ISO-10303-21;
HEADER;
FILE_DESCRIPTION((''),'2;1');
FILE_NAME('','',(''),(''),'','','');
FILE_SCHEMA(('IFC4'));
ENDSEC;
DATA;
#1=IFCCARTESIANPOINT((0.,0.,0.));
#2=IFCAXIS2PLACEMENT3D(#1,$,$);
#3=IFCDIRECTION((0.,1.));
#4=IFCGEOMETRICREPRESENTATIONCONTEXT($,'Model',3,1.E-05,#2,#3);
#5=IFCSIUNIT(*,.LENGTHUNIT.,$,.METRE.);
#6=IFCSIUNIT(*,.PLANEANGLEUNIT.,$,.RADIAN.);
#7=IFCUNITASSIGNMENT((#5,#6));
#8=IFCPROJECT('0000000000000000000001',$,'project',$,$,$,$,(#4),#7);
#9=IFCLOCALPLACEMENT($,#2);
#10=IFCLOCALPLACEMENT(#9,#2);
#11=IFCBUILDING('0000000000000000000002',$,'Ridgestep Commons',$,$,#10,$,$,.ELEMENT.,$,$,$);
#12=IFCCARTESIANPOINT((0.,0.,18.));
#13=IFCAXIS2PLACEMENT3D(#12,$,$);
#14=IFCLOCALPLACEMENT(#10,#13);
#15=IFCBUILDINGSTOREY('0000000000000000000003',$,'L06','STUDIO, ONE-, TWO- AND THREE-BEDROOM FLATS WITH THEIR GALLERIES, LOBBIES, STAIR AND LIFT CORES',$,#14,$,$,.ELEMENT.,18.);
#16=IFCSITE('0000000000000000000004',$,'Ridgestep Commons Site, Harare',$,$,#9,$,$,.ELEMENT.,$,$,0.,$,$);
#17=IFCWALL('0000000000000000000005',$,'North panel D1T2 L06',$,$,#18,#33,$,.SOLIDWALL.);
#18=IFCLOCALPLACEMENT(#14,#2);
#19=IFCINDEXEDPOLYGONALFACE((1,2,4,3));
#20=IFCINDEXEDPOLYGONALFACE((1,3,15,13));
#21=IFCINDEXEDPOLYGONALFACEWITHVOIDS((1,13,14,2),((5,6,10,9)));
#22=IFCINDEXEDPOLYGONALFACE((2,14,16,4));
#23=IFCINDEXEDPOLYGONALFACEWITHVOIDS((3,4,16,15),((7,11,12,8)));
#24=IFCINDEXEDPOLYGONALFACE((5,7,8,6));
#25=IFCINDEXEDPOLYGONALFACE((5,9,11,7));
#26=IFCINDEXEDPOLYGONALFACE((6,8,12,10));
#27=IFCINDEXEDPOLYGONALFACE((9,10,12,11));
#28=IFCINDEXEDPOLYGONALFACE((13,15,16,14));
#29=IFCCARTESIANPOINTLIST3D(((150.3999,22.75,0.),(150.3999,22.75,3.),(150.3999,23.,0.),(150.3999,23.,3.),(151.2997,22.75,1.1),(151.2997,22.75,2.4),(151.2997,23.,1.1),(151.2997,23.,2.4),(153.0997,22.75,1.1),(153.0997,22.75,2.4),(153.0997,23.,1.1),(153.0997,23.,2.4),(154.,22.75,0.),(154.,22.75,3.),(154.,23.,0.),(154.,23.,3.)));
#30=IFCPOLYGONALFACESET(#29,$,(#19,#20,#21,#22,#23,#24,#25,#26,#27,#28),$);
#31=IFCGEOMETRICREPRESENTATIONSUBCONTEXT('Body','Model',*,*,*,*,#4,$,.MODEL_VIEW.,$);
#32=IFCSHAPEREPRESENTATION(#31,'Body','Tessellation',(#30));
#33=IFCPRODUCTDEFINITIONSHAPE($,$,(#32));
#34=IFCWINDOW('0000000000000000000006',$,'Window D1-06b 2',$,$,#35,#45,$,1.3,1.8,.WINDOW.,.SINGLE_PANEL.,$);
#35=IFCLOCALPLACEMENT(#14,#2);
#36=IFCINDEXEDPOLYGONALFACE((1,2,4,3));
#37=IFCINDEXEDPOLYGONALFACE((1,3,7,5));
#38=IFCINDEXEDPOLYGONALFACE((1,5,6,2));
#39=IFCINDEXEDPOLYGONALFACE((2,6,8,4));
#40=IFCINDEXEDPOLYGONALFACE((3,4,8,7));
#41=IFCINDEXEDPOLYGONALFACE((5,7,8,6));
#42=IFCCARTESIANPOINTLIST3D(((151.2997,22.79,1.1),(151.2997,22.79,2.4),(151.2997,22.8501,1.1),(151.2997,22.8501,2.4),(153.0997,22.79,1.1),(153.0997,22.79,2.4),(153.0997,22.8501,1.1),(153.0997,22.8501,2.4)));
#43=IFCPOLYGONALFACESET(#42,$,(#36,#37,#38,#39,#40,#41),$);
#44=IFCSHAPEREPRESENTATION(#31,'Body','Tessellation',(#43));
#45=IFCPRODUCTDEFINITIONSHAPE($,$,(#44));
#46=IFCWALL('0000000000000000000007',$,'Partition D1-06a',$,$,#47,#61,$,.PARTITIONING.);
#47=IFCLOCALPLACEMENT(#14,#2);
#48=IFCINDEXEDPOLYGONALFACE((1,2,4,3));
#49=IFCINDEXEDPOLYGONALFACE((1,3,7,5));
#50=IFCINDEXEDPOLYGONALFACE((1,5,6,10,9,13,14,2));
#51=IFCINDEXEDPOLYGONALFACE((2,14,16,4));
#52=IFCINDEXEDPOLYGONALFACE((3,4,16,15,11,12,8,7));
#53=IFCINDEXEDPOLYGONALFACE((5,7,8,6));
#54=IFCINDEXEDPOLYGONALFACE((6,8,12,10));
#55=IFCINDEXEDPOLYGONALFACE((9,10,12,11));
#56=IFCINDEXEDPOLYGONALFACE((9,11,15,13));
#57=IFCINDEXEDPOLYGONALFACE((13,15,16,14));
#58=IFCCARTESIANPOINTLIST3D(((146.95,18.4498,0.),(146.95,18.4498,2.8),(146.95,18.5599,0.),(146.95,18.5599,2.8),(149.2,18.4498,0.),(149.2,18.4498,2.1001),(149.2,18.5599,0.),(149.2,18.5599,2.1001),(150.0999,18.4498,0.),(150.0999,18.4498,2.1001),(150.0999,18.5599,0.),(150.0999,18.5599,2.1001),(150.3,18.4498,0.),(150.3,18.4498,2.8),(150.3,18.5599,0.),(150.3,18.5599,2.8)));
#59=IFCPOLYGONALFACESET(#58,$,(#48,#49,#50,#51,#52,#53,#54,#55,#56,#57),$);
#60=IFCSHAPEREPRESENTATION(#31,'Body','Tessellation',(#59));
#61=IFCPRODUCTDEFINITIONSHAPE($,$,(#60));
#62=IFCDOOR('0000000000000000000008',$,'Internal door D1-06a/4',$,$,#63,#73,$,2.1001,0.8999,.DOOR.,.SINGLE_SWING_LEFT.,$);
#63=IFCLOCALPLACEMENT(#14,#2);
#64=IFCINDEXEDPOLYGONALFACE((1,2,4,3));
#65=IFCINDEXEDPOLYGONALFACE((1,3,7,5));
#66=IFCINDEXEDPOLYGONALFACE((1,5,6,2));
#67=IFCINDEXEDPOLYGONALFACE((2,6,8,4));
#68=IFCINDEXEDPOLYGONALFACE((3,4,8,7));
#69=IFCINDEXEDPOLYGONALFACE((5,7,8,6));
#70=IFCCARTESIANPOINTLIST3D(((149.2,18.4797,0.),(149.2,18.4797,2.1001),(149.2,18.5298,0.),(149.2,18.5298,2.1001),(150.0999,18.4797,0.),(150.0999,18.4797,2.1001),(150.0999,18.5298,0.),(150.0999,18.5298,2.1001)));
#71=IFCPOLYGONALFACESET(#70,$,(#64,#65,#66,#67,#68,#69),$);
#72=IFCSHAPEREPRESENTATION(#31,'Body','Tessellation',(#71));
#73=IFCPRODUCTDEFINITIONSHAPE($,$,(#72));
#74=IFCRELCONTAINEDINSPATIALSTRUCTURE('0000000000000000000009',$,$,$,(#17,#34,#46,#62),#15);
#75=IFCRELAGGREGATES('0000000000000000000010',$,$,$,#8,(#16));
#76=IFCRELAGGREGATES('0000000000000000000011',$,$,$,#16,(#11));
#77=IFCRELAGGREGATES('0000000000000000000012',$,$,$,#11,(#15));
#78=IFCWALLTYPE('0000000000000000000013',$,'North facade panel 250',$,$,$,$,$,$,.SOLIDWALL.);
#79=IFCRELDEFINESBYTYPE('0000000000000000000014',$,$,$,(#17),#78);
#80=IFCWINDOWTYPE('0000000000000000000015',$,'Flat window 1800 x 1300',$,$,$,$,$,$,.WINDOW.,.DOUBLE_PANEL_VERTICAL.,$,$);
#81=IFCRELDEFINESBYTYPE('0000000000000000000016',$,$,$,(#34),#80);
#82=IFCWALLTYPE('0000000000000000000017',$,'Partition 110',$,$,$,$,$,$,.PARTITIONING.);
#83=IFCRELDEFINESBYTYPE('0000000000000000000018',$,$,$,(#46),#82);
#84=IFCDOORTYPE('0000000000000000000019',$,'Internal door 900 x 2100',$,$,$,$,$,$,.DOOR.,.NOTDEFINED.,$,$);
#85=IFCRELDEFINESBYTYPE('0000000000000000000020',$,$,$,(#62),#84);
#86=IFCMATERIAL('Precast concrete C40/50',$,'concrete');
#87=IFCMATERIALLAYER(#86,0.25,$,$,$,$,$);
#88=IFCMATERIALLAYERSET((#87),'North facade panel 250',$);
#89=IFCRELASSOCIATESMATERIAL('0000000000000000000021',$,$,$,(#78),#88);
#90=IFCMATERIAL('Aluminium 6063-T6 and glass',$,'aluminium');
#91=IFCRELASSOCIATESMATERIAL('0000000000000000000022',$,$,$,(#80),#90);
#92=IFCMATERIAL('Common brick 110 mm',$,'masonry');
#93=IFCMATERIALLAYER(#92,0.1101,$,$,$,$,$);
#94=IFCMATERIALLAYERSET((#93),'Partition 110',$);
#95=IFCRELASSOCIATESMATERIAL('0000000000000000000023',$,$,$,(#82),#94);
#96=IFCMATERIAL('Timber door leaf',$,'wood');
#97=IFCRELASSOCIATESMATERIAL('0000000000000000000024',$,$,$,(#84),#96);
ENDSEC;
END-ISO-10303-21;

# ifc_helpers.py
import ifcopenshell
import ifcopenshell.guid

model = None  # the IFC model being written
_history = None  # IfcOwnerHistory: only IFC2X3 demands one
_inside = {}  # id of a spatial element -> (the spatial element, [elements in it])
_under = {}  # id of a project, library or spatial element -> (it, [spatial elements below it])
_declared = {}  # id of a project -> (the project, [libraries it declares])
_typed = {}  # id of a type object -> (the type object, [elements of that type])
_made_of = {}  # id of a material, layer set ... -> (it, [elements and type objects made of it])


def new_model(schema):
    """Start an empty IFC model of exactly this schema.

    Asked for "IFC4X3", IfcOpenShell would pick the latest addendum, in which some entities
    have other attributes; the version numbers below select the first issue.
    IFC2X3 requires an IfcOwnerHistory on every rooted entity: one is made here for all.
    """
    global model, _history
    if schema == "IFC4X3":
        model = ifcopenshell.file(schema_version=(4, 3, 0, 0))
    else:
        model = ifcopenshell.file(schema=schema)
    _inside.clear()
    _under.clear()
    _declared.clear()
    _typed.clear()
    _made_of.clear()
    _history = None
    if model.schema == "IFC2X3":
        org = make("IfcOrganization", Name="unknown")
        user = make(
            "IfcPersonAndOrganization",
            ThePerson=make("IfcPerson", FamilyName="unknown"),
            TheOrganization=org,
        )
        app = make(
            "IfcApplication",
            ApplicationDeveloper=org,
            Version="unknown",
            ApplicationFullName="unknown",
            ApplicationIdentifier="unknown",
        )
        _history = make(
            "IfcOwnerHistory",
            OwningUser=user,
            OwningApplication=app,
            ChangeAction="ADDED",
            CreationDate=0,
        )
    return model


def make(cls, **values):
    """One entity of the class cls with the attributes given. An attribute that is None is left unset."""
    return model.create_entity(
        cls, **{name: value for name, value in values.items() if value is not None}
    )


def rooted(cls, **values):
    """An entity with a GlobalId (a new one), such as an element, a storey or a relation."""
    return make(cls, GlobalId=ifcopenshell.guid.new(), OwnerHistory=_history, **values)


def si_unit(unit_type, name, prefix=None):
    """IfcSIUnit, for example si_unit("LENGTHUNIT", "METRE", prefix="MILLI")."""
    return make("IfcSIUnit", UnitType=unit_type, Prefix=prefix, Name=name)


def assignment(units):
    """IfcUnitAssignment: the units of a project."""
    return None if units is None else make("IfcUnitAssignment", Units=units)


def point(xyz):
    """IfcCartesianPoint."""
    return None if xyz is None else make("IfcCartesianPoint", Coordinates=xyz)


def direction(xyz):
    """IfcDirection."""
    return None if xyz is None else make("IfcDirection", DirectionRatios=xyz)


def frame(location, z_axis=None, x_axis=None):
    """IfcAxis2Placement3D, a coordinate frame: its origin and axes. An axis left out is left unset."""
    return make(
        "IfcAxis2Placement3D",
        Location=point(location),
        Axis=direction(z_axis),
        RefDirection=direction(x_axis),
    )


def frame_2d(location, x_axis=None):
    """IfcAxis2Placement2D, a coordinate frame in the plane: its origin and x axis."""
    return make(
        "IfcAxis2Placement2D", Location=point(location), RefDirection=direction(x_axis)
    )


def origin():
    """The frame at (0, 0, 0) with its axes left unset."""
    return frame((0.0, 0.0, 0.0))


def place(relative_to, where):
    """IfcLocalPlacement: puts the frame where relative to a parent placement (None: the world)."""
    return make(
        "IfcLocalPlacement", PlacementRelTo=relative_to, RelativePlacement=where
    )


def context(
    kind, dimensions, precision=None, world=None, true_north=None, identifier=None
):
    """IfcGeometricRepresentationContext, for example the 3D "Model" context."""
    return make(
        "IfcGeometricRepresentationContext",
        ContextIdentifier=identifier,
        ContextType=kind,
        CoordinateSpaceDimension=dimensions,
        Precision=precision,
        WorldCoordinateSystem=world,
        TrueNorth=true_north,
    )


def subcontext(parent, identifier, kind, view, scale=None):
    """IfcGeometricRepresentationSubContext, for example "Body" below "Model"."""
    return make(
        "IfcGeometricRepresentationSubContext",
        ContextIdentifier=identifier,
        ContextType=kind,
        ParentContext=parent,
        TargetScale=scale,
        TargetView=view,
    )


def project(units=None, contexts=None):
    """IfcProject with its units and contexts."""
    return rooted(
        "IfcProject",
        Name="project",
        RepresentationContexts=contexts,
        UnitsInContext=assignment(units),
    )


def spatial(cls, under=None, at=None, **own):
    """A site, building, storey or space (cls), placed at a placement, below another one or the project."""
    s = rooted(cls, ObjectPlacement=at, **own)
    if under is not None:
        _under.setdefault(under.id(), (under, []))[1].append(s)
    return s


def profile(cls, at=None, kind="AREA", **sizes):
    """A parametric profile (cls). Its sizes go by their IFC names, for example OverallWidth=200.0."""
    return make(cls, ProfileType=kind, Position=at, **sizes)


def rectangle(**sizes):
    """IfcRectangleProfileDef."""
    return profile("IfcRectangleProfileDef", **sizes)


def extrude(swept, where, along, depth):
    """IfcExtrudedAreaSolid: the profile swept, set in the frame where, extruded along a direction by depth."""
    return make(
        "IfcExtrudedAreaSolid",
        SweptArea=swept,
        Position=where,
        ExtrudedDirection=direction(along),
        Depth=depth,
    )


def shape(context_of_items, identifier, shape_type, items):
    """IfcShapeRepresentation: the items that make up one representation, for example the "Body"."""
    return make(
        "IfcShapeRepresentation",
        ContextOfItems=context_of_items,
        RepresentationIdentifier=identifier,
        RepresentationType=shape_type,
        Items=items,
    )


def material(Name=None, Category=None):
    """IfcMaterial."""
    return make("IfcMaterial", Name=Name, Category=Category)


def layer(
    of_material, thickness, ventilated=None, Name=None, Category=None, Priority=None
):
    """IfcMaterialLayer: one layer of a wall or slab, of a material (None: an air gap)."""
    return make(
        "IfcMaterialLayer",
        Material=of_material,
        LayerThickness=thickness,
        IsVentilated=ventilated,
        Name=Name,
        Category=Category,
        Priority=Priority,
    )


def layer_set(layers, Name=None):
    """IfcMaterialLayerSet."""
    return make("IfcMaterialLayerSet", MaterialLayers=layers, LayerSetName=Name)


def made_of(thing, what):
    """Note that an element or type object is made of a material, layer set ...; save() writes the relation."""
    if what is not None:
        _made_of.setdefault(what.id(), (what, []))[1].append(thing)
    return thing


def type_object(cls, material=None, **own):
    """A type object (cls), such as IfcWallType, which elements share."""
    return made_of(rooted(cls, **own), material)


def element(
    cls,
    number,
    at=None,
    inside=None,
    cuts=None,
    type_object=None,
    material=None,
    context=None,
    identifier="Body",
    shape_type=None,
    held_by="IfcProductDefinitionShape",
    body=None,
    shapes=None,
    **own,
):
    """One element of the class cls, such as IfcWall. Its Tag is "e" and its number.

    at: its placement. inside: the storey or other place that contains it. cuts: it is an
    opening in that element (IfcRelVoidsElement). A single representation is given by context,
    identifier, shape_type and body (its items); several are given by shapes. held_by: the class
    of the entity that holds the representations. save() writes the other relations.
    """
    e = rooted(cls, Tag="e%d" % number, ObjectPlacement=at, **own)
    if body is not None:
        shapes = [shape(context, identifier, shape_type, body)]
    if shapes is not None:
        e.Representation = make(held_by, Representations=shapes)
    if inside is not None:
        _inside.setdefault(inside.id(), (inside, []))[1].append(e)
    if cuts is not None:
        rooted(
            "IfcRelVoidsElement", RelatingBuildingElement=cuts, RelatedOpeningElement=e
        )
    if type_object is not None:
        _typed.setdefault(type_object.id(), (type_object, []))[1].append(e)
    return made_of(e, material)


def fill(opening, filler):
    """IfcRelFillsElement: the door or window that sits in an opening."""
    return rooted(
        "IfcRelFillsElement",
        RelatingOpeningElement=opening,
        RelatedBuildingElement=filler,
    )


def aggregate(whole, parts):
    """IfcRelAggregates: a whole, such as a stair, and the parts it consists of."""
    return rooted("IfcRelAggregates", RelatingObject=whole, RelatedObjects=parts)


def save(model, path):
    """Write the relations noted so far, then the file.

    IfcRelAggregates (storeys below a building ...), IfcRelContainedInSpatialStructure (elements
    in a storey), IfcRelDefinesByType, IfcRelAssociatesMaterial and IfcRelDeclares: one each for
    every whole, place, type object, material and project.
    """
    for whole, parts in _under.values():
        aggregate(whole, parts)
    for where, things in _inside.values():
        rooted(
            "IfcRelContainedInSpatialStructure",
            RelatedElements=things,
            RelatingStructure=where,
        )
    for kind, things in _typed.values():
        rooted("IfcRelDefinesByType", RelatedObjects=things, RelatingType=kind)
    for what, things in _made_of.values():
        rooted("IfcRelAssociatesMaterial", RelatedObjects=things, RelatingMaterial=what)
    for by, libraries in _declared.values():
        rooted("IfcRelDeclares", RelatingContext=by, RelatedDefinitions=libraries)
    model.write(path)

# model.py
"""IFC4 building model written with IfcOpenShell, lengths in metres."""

from ifc_helpers import new_model, si_unit, direction, frame, frame_2d, origin, place, context, subcontext, project, spatial, rectangle, extrude, material, layer, layer_set, type_object, element, fill, save


model = new_model("IFC4")

# Units and contexts
model_context = context("Model", 3, precision=1e-05, world=origin(), true_north=direction((0.0, 1.0)))
body_context = subcontext(model_context, "Body", "Model", "MODEL_VIEW")
ifc_project = project(units=[si_unit("LENGTHUNIT", "METRE"), si_unit("PLANEANGLEUNIT", "RADIAN")], contexts=[model_context])

# Site, building, storey
site_placement = place(None, origin())
site = spatial("IfcSite", under=ifc_project, at=site_placement, Name="Ridgestep Commons Site, Harare", CompositionType="ELEMENT", RefElevation=0.0)
building_placement = place(site_placement, origin())
building = spatial("IfcBuilding", under=site, at=building_placement, Name="Ridgestep Commons", CompositionType="ELEMENT")
storey_placement = place(building_placement, frame((0.0, 0.0, 18.0)))
storey = spatial("IfcBuildingStorey", under=building, at=storey_placement, Name="L06", Description="STUDIO, ONE-, TWO- AND THREE-BEDROOM FLATS WITH THEIR GALLERIES, LOBBIES, STAIR AND LIFT CORES", CompositionType="ELEMENT", Elevation=18.0)

# Wall, opening, window
ifc_material_1 = material(Name="Precast concrete C40/50", Category="concrete")
ifc_layer_1 = layer(ifc_material_1, 0.25)
ifc_layer_set_1 = layer_set([ifc_layer_1], Name="North facade panel 250")
wall_type_1 = type_object("IfcWallType", Name="North facade panel 250", PredefinedType="SOLIDWALL", material=ifc_layer_set_1)
ifc_material_2 = material(Name="Aluminium 6063-T6 and glass", Category="aluminium")
window_type = type_object("IfcWindowType", Name="Flat window 1800 x 1300", PartitioningType="DOUBLE_PANEL_VERTICAL", PredefinedType="WINDOW", material=ifc_material_2)
wall_1_placement = place(storey_placement, frame((150.3999, 22.875, 0.0), z_axis=(0.0, 0.0, 1.0), x_axis=(1.0, 0.0, 0.0)))
wall_1 = element("IfcWall", 1, at=wall_1_placement, inside=storey, type_object=wall_type_1, Name="North panel D1T2 L06", PredefinedType="SOLIDWALL", context=body_context, shape_type="SweptSolid", body=[
    extrude(rectangle(XDim=3.6001, YDim=0.25, at=frame_2d((1.8, 0.0))), origin(), (0.0, 0.0, 1.0), 3.0),
])
opening_1_placement = place(wall_1_placement, frame((0.8999, 0.0, 1.1001)))
opening_1 = element("IfcOpeningElement", 2, at=opening_1_placement, cuts=wall_1, PredefinedType="OPENING", context=body_context, shape_type="SweptSolid", body=[
    extrude(rectangle(XDim=1.8, YDim=1.3, at=frame_2d((0.8999, 0.6499))), frame((0.0, 0.135, 0.0), z_axis=(0.0, -1.0, 0.0), x_axis=(1.0, 0.0, 0.0)), (0.0, 0.0, 1.0), 0.27),
])
window_1_placement = place(opening_1_placement, origin())
window_1 = element("IfcWindow", 3, at=window_1_placement, inside=storey, type_object=window_type, Name="Window D1-06b 2", OverallHeight=1.3, OverallWidth=1.8, PartitioningType="SINGLE_PANEL", PredefinedType="WINDOW", context=body_context, shape_type="SweptSolid", body=[
    extrude(rectangle(XDim=1.8, YDim=1.3, at=frame_2d((0.8999, 0.6499))), frame((0.0, -0.0249, 0.0), z_axis=(0.0, -1.0, 0.0), x_axis=(1.0, 0.0, 0.0)), (0.0, 0.0, 1.0), 0.0601),
])
fill(opening_1, window_1)

# Wall, opening, door
ifc_material_3 = material(Name="Common brick 110 mm", Category="masonry")
ifc_layer_2 = layer(ifc_material_3, 0.1101)
ifc_layer_set_2 = layer_set([ifc_layer_2], Name="Partition 110")
wall_type_2 = type_object("IfcWallType", Name="Partition 110", PredefinedType="PARTITIONING", material=ifc_layer_set_2)
wall_2_placement = place(storey_placement, frame((146.95, 18.5049, 0.0), z_axis=(0.0, 0.0, 1.0), x_axis=(1.0, 0.0, 0.0)))
wall_2 = element("IfcWall", 4, at=wall_2_placement, inside=storey, type_object=wall_type_2, Name="Partition D1-06a", PredefinedType="PARTITIONING", context=body_context, shape_type="SweptSolid", body=[
    extrude(rectangle(XDim=3.3501, YDim=0.1101, at=frame_2d((1.675, 0.0))), origin(), (0.0, 0.0, 1.0), 2.8),
])
opening_2_placement = place(wall_2_placement, frame((2.25, 0.0, 0.0)))
opening_2 = element("IfcOpeningElement", 5, at=opening_2_placement, cuts=wall_2, PredefinedType="OPENING", context=body_context, shape_type="SweptSolid", body=[
    extrude(rectangle(XDim=0.8999, YDim=2.1001, at=frame_2d((0.45, 1.05))), frame((0.0, 0.0649, 0.0), z_axis=(0.0, -1.0, 0.0), x_axis=(1.0, 0.0, 0.0)), (0.0, 0.0, 1.0), 0.1301),
])
ifc_material_4 = material(Name="Timber door leaf", Category="wood")
door_type = type_object("IfcDoorType", Name="Internal door 900 x 2100", OperationType="NOTDEFINED", PredefinedType="DOOR", material=ifc_material_4)
door_placement = place(opening_2_placement, origin())
door = element("IfcDoor", 6, at=door_placement, inside=storey, type_object=door_type, Name="Internal door D1-06a/4", OperationType="SINGLE_SWING_LEFT", OverallHeight=2.1001, OverallWidth=0.8999, PredefinedType="DOOR", context=body_context, shape_type="SweptSolid", body=[
    extrude(rectangle(XDim=0.8999, YDim=2.1001, at=frame_2d((0.45, 1.05))), frame((0.0, 0.0249, 0.0), z_axis=(0.0, -1.0, 0.0), x_axis=(1.0, 0.0, 0.0)), (0.0, 0.0, 1.0), 0.05),
])
fill(opening_2, door)

save(model, "model.ifc")
